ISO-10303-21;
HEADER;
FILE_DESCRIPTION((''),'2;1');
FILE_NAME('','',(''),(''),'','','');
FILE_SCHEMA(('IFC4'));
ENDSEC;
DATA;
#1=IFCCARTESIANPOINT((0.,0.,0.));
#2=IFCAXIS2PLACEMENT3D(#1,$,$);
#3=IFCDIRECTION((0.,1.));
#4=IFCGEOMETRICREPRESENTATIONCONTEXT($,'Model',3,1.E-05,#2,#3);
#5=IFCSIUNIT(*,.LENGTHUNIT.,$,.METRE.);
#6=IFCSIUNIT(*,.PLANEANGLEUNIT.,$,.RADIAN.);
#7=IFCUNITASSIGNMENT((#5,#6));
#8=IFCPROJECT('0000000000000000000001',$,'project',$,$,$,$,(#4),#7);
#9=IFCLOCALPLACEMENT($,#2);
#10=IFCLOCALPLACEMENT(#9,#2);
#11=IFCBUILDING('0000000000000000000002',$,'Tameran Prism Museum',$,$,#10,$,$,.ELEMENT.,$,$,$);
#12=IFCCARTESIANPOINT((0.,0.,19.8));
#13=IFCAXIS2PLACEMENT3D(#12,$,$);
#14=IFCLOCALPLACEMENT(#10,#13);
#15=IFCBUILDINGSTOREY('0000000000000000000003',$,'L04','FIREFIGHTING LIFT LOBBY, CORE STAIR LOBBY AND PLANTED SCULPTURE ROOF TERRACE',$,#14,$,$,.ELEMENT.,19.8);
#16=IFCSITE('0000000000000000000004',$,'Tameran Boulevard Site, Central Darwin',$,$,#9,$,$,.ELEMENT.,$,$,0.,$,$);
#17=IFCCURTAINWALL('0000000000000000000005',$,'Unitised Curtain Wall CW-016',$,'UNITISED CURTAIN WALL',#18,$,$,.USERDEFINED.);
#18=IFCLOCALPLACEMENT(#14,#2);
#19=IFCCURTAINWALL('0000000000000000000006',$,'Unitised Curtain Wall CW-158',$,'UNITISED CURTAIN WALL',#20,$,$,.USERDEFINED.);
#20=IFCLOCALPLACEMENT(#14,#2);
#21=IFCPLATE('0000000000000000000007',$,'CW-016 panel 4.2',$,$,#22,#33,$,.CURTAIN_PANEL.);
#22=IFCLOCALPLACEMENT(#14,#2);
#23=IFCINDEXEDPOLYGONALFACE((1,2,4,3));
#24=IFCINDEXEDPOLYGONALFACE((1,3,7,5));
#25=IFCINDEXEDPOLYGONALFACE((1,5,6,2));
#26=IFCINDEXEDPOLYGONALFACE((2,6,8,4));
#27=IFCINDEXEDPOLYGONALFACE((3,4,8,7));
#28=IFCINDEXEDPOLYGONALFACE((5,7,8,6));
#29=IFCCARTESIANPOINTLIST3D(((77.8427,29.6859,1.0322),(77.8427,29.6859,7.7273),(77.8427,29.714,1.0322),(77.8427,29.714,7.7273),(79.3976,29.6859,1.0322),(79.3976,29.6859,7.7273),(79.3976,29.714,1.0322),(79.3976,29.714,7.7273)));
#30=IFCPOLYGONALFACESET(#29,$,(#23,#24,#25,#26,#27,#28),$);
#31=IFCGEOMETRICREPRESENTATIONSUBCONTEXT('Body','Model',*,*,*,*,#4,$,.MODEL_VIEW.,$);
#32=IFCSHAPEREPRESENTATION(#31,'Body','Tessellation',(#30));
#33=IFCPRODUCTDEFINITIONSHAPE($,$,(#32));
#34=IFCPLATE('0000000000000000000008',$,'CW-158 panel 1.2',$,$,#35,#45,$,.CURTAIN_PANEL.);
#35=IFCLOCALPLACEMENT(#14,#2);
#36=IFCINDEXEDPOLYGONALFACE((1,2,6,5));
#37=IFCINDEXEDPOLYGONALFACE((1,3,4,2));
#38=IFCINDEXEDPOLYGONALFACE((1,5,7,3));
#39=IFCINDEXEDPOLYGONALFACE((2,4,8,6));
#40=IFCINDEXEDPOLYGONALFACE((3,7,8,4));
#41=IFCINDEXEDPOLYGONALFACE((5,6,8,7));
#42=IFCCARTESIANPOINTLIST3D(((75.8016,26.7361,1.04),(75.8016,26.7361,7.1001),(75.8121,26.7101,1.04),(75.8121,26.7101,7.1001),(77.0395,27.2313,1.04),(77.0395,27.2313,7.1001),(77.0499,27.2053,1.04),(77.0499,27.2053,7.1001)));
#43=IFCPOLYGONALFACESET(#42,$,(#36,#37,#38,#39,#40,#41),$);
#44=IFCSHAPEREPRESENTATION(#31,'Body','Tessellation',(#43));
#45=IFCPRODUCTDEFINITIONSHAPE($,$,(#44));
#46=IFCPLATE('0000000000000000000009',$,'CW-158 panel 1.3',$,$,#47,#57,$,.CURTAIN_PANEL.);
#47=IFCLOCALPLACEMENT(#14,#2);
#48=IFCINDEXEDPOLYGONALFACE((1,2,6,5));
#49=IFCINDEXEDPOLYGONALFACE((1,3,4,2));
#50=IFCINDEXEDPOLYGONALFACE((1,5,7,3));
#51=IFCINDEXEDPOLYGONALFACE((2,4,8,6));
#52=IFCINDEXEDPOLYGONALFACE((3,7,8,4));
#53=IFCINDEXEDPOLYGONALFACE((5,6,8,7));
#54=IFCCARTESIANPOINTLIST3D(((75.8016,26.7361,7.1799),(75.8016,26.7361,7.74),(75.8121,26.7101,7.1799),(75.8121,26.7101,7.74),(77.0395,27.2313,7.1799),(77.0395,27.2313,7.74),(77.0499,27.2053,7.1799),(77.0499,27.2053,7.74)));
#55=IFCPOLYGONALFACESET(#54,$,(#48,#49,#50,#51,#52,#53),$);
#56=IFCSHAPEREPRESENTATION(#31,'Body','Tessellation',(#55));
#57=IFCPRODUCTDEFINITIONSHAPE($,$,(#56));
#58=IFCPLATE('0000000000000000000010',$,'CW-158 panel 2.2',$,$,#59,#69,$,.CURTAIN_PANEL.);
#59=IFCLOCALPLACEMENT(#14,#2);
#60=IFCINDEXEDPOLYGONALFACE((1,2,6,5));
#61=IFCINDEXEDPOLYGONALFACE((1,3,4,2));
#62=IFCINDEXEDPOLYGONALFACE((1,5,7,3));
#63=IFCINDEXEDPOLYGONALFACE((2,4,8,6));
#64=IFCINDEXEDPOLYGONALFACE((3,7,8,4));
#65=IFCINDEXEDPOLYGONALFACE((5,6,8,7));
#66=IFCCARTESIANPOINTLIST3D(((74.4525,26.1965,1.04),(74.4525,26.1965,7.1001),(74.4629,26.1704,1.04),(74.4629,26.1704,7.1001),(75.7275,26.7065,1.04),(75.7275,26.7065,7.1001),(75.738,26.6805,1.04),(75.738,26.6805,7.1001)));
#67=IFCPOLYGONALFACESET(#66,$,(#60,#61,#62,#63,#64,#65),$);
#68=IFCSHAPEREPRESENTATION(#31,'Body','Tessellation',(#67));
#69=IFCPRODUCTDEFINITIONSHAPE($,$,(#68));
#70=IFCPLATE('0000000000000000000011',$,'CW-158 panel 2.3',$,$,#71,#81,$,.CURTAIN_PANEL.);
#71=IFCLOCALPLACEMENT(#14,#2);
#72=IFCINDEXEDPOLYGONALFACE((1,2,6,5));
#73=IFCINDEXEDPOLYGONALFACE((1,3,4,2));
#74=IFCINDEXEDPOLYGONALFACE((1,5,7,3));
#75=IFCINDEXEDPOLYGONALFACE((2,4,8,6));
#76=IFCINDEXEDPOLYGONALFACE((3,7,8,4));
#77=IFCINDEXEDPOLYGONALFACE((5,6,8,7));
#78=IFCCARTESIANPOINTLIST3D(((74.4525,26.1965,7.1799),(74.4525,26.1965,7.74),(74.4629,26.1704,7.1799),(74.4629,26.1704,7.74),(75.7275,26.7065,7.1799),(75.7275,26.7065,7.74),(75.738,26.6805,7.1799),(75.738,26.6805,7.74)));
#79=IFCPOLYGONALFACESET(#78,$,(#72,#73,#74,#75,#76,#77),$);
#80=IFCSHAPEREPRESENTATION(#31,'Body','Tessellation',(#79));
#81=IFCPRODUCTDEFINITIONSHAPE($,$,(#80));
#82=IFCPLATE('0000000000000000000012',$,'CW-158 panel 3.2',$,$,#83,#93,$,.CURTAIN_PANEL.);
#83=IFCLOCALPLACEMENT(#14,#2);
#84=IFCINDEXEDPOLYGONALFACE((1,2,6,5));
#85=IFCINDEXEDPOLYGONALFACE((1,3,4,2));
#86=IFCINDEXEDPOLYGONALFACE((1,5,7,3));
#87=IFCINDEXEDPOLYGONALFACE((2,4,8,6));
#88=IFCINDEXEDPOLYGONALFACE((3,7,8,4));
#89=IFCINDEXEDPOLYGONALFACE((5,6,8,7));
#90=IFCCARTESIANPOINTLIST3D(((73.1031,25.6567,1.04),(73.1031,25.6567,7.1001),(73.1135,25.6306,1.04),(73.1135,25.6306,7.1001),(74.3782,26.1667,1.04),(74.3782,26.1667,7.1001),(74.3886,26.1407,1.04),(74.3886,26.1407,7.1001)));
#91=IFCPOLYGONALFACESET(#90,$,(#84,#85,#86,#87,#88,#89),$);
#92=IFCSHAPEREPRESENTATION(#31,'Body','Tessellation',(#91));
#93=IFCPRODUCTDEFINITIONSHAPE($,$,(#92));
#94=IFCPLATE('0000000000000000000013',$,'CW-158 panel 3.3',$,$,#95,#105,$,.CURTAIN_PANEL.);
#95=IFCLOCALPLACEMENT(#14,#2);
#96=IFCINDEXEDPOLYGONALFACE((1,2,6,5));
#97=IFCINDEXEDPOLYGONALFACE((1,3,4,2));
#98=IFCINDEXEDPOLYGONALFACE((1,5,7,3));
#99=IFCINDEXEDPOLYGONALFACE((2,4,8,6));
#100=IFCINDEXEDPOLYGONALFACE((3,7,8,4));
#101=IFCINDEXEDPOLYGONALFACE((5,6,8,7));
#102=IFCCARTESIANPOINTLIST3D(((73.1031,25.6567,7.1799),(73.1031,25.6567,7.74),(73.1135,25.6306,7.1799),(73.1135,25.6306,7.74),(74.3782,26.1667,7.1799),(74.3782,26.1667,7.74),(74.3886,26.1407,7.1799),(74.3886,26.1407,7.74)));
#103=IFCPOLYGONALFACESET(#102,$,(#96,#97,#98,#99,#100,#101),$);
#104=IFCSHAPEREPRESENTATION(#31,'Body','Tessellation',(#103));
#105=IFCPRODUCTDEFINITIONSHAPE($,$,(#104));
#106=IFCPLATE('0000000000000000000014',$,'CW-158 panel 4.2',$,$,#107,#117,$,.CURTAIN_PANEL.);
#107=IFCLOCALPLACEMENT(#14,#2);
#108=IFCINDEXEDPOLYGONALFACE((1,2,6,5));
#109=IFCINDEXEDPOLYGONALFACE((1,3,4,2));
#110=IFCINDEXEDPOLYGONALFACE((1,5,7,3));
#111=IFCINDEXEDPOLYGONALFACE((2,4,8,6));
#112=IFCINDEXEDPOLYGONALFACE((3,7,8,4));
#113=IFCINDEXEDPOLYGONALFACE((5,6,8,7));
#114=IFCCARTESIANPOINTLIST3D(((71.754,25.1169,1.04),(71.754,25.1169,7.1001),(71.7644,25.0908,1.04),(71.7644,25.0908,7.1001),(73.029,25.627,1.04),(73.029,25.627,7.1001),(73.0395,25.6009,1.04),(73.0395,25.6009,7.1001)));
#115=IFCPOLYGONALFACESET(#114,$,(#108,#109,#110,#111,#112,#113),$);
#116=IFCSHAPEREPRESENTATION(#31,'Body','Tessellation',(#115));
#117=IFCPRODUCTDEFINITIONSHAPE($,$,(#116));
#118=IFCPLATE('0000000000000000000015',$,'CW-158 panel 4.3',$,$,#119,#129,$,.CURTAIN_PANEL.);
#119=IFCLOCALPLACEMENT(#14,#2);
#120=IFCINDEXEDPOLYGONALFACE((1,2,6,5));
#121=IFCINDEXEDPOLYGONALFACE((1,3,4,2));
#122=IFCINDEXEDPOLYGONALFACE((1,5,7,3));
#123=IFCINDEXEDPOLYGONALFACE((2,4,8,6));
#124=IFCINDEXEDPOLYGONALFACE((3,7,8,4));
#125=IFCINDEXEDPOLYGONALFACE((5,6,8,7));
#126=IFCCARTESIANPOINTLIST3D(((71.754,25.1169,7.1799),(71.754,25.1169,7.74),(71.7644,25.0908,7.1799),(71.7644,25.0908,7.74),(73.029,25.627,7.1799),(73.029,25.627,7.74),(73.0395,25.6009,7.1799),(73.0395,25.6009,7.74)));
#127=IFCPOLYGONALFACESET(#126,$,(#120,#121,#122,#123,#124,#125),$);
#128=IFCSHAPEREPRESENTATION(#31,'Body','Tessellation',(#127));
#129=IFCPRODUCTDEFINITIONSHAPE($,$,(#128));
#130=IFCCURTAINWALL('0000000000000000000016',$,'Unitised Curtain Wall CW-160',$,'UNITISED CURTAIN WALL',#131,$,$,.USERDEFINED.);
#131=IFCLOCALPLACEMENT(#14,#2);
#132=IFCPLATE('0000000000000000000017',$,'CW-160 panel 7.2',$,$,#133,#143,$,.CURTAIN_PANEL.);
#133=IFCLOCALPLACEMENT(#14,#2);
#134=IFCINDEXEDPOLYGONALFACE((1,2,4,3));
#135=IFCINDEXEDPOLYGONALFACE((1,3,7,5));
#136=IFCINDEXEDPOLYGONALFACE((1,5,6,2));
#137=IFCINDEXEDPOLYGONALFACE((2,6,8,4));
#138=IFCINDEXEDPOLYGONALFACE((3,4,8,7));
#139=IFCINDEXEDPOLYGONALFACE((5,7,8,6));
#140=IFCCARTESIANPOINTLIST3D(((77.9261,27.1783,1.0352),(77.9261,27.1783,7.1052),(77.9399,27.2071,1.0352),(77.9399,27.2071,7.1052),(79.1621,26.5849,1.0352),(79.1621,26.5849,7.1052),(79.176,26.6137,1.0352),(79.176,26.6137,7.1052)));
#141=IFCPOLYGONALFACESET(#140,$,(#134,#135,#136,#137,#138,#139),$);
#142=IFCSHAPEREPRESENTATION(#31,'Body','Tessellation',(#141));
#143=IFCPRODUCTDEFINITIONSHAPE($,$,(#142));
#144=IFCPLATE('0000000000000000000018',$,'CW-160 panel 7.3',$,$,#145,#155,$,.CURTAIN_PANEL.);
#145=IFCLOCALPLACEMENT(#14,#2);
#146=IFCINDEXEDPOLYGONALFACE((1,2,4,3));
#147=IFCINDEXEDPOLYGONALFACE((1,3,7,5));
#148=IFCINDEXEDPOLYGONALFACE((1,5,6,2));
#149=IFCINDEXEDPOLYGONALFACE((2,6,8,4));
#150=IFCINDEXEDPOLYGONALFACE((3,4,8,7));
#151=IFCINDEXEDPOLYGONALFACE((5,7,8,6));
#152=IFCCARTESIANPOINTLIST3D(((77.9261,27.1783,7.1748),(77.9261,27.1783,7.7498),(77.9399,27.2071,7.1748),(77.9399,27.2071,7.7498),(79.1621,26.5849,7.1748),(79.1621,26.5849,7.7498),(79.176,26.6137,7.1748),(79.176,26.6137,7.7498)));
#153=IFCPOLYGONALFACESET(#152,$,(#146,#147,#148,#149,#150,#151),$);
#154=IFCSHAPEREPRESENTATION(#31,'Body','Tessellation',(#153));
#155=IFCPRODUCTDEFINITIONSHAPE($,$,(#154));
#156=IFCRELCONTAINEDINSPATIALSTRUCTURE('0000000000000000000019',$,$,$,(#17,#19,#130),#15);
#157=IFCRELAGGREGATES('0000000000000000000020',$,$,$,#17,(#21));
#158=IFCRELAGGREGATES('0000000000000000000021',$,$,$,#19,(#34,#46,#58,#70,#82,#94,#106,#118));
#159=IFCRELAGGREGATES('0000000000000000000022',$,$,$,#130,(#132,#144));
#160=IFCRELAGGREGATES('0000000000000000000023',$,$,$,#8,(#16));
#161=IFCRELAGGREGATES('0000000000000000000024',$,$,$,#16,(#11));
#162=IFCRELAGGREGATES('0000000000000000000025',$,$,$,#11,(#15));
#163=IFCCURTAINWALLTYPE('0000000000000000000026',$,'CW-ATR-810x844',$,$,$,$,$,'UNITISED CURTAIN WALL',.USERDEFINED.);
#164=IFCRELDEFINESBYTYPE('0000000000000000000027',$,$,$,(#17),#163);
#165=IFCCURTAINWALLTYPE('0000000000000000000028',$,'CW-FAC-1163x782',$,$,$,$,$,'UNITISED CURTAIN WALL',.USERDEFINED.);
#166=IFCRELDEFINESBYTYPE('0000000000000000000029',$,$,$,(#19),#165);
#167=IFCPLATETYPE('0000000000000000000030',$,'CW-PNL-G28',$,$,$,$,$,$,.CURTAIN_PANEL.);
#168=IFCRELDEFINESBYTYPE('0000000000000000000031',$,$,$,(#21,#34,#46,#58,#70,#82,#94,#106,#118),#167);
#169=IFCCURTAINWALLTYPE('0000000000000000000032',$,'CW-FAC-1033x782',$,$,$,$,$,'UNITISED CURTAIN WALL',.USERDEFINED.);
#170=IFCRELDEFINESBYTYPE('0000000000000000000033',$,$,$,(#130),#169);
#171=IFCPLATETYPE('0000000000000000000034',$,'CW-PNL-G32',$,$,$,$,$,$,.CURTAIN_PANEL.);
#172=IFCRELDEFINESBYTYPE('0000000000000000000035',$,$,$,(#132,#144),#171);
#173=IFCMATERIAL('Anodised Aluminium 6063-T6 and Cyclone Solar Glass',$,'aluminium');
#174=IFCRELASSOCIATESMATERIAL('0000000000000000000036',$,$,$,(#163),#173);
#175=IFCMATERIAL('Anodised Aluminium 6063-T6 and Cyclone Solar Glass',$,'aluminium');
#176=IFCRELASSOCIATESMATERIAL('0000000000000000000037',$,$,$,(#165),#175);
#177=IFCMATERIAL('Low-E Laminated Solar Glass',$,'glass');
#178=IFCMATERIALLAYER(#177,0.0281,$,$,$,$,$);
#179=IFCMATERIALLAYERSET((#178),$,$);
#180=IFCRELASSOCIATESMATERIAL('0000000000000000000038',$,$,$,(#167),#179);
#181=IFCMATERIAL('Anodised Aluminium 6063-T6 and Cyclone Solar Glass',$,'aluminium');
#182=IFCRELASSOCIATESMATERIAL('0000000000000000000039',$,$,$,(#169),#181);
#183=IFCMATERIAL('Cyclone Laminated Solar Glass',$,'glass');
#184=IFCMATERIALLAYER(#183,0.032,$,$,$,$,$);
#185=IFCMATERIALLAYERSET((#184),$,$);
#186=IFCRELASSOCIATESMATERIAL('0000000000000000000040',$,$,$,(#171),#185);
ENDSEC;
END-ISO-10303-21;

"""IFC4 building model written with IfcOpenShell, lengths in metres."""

from ifc_helpers import new_model, si_unit, direction, frame, origin, origin_2d, place, context, subcontext, project, spatial, rectangle, extrude, material, layer, layer_set, type_object, element, aggregate, save


model = new_model("IFC4")

# Units and contexts
model_context = context("Model", 3, precision=1e-05, world=origin(), true_north=direction((0.0, 1.0)))
body_context = subcontext(model_context, "Body", "Model", "MODEL_VIEW")
ifc_project = project(units=[si_unit("LENGTHUNIT", "METRE"), si_unit("PLANEANGLEUNIT", "RADIAN")], contexts=[model_context])

# Site, building, storey
site_placement = place(None, origin())
site = spatial("IfcSite", under=ifc_project, at=site_placement, Name="Tameran Boulevard Site, Central Darwin", CompositionType="ELEMENT", RefElevation=0.0)
building_placement = place(site_placement, origin())
building = spatial("IfcBuilding", under=site, at=building_placement, Name="Tameran Prism Museum", CompositionType="ELEMENT")
storey_placement = place(building_placement, frame((0.0, 0.0, 19.8)))
storey = spatial("IfcBuildingStorey", under=building, at=storey_placement, Name="L04", Description="FIREFIGHTING LIFT LOBBY, CORE STAIR LOBBY AND PLANTED SCULPTURE ROOF TERRACE", CompositionType="ELEMENT", Elevation=19.8)

# Curtain walls
ifc_material_1 = material(Name="Anodised Aluminium 6063-T6 and Cyclone Solar Glass", Category="aluminium")
curtain_wall_type_1 = type_object("IfcCurtainWallType", Name="CW-ATR-810x844", ElementType="UNITISED CURTAIN WALL", PredefinedType="USERDEFINED", material=ifc_material_1)
curtain_wall_1_placement = place(storey_placement, origin())
curtain_wall_1 = element("IfcCurtainWall", 1, at=curtain_wall_1_placement, inside=storey, type_object=curtain_wall_type_1, Name="Unitised Curtain Wall CW-016", ObjectType="UNITISED CURTAIN WALL", PredefinedType="USERDEFINED")
ifc_material_2 = material(Name="Anodised Aluminium 6063-T6 and Cyclone Solar Glass", Category="aluminium")
curtain_wall_type_2 = type_object("IfcCurtainWallType", Name="CW-FAC-1163x782", ElementType="UNITISED CURTAIN WALL", PredefinedType="USERDEFINED", material=ifc_material_2)
curtain_wall_2_placement = place(storey_placement, origin())
curtain_wall_2 = element("IfcCurtainWall", 2, at=curtain_wall_2_placement, inside=storey, type_object=curtain_wall_type_2, Name="Unitised Curtain Wall CW-158", ObjectType="UNITISED CURTAIN WALL", PredefinedType="USERDEFINED")

# Plates
ifc_material_3 = material(Name="Low-E Laminated Solar Glass", Category="glass")
ifc_layer_1 = layer(ifc_material_3, 0.0281)
ifc_layer_set_1 = layer_set([ifc_layer_1])
plate_type_1 = type_object("IfcPlateType", Name="CW-PNL-G28", PredefinedType="CURTAIN_PANEL", material=ifc_layer_set_1)
plate_1_placement = place(storey_placement, frame((78.6201, 29.7, 1.0322), z_axis=(0.0, 0.0, 1.0), x_axis=(1.0, 0.0, 0.0)))
plate_1 = element("IfcPlate", 3, at=plate_1_placement, type_object=plate_type_1, Name="CW-016 panel 4.2", PredefinedType="CURTAIN_PANEL", context=body_context, shape_type="SweptSolid", body=[
    extrude(rectangle(XDim=1.5549, YDim=0.0281, at=origin_2d()), origin(), (0.0, 0.0, 1.0), 6.6951),
])
aggregate(curtain_wall_1, [plate_1])
plate_2_placement = place(storey_placement, frame((76.4258, 26.9707, 1.04), z_axis=(0.0, 0.0, 1.0), x_axis=(-0.928465, -0.37142, 0.0)))
plate_2 = element("IfcPlate", 4, at=plate_2_placement, type_object=plate_type_1, Name="CW-158 panel 1.2", PredefinedType="CURTAIN_PANEL", context=body_context, shape_type="SweptSolid", body=[
    extrude(rectangle(XDim=1.3333, YDim=0.0281, at=origin_2d()), origin(), (0.0, 0.0, 1.0), 6.0601),
])
plate_3_placement = place(storey_placement, frame((76.4258, 26.9707, 7.1799), z_axis=(0.0, 0.0, 1.0), x_axis=(-0.928465, -0.37142, 0.0)))
plate_3 = element("IfcPlate", 5, at=plate_3_placement, type_object=plate_type_1, Name="CW-158 panel 1.3", PredefinedType="CURTAIN_PANEL", context=body_context, shape_type="SweptSolid", body=[
    extrude(rectangle(XDim=1.3333, YDim=0.0281, at=origin_2d()), origin(), (0.0, 0.0, 1.0), 0.5601),
])
plate_4_placement = place(storey_placement, frame((75.0952, 26.4385, 1.04), z_axis=(0.0, 0.0, 1.0), x_axis=(-0.928465, -0.37142, 0.0)))
plate_4 = element("IfcPlate", 6, at=plate_4_placement, type_object=plate_type_1, Name="CW-158 panel 2.2", PredefinedType="CURTAIN_PANEL", context=body_context, shape_type="SweptSolid", body=[
    extrude(rectangle(XDim=1.3733, YDim=0.0281, at=origin_2d()), origin(), (0.0, 0.0, 1.0), 6.0601),
])
plate_5_placement = place(storey_placement, frame((75.0952, 26.4385, 7.1799), z_axis=(0.0, 0.0, 1.0), x_axis=(-0.928465, -0.37142, 0.0)))
plate_5 = element("IfcPlate", 7, at=plate_5_placement, type_object=plate_type_1, Name="CW-158 panel 2.3", PredefinedType="CURTAIN_PANEL", context=body_context, shape_type="SweptSolid", body=[
    extrude(rectangle(XDim=1.3733, YDim=0.0281, at=origin_2d()), origin(), (0.0, 0.0, 1.0), 0.5601),
])
plate_6_placement = place(storey_placement, frame((73.7458, 25.8987, 1.04), z_axis=(0.0, 0.0, 1.0), x_axis=(-0.928465, -0.37142, 0.0)))
plate_6 = element("IfcPlate", 8, at=plate_6_placement, type_object=plate_type_1, Name="CW-158 panel 3.2", PredefinedType="CURTAIN_PANEL", context=body_context, shape_type="SweptSolid", body=[
    extrude(rectangle(XDim=1.3733, YDim=0.0281, at=origin_2d()), origin(), (0.0, 0.0, 1.0), 6.0601),
])
plate_7_placement = place(storey_placement, frame((73.7458, 25.8987, 7.1799), z_axis=(0.0, 0.0, 1.0), x_axis=(-0.928465, -0.37142, 0.0)))
plate_7 = element("IfcPlate", 9, at=plate_7_placement, type_object=plate_type_1, Name="CW-158 panel 3.3", PredefinedType="CURTAIN_PANEL", context=body_context, shape_type="SweptSolid", body=[
    extrude(rectangle(XDim=1.3733, YDim=0.0281, at=origin_2d()), origin(), (0.0, 0.0, 1.0), 0.5601),
])
plate_8_placement = place(storey_placement, frame((72.3967, 25.3589, 1.04), z_axis=(0.0, 0.0, 1.0), x_axis=(-0.928465, -0.37142, 0.0)))
plate_8 = element("IfcPlate", 10, at=plate_8_placement, type_object=plate_type_1, Name="CW-158 panel 4.2", PredefinedType="CURTAIN_PANEL", context=body_context, shape_type="SweptSolid", body=[
    extrude(rectangle(XDim=1.3733, YDim=0.0281, at=origin_2d()), origin(), (0.0, 0.0, 1.0), 6.0601),
])
plate_9_placement = place(storey_placement, frame((72.3967, 25.3589, 7.1799), z_axis=(0.0, 0.0, 1.0), x_axis=(-0.928465, -0.37142, 0.0)))
plate_9 = element("IfcPlate", 11, at=plate_9_placement, type_object=plate_type_1, Name="CW-158 panel 4.3", PredefinedType="CURTAIN_PANEL", context=body_context, shape_type="SweptSolid", body=[
    extrude(rectangle(XDim=1.3733, YDim=0.0281, at=origin_2d()), origin(), (0.0, 0.0, 1.0), 0.5601),
])
aggregate(curtain_wall_2, [plate_2, plate_3, plate_4, plate_5, plate_6, plate_7, plate_8, plate_9])

# Curtain wall, plates
ifc_material_4 = material(Name="Anodised Aluminium 6063-T6 and Cyclone Solar Glass", Category="aluminium")
curtain_wall_type_3 = type_object("IfcCurtainWallType", Name="CW-FAC-1033x782", ElementType="UNITISED CURTAIN WALL", PredefinedType="USERDEFINED", material=ifc_material_4)
curtain_wall_3_placement = place(storey_placement, origin())
curtain_wall_3 = element("IfcCurtainWall", 12, at=curtain_wall_3_placement, inside=storey, type_object=curtain_wall_type_3, Name="Unitised Curtain Wall CW-160", ObjectType="UNITISED CURTAIN WALL", PredefinedType="USERDEFINED")
ifc_material_5 = material(Name="Cyclone Laminated Solar Glass", Category="glass")
ifc_layer_2 = layer(ifc_material_5, 0.032)
ifc_layer_set_2 = layer_set([ifc_layer_2])
plate_type_2 = type_object("IfcPlateType", Name="CW-PNL-G32", PredefinedType="CURTAIN_PANEL", material=ifc_layer_set_2)
plate_10_placement = place(storey_placement, frame((78.551, 26.896, 1.0352), z_axis=(0.0, 0.0, 1.0), x_axis=(-0.901475, 0.432832, 0.0)))
plate_10 = element("IfcPlate", 13, at=plate_10_placement, type_object=plate_type_2, Name="CW-160 panel 7.2", PredefinedType="CURTAIN_PANEL", context=body_context, shape_type="SweptSolid", body=[
    extrude(rectangle(XDim=1.3711, YDim=0.032, at=origin_2d()), origin(), (0.0, 0.0, 1.0), 6.0701),
])
plate_11_placement = place(storey_placement, frame((78.551, 26.896, 7.1748), z_axis=(0.0, 0.0, 1.0), x_axis=(-0.901475, 0.432832, 0.0)))
plate_11 = element("IfcPlate", 14, at=plate_11_placement, type_object=plate_type_2, Name="CW-160 panel 7.3", PredefinedType="CURTAIN_PANEL", context=body_context, shape_type="SweptSolid", body=[
    extrude(rectangle(XDim=1.3711, YDim=0.032, at=origin_2d()), origin(), (0.0, 0.0, 1.0), 0.575),
])
aggregate(curtain_wall_3, [plate_10, plate_11])

save(model, "model.ifc")
